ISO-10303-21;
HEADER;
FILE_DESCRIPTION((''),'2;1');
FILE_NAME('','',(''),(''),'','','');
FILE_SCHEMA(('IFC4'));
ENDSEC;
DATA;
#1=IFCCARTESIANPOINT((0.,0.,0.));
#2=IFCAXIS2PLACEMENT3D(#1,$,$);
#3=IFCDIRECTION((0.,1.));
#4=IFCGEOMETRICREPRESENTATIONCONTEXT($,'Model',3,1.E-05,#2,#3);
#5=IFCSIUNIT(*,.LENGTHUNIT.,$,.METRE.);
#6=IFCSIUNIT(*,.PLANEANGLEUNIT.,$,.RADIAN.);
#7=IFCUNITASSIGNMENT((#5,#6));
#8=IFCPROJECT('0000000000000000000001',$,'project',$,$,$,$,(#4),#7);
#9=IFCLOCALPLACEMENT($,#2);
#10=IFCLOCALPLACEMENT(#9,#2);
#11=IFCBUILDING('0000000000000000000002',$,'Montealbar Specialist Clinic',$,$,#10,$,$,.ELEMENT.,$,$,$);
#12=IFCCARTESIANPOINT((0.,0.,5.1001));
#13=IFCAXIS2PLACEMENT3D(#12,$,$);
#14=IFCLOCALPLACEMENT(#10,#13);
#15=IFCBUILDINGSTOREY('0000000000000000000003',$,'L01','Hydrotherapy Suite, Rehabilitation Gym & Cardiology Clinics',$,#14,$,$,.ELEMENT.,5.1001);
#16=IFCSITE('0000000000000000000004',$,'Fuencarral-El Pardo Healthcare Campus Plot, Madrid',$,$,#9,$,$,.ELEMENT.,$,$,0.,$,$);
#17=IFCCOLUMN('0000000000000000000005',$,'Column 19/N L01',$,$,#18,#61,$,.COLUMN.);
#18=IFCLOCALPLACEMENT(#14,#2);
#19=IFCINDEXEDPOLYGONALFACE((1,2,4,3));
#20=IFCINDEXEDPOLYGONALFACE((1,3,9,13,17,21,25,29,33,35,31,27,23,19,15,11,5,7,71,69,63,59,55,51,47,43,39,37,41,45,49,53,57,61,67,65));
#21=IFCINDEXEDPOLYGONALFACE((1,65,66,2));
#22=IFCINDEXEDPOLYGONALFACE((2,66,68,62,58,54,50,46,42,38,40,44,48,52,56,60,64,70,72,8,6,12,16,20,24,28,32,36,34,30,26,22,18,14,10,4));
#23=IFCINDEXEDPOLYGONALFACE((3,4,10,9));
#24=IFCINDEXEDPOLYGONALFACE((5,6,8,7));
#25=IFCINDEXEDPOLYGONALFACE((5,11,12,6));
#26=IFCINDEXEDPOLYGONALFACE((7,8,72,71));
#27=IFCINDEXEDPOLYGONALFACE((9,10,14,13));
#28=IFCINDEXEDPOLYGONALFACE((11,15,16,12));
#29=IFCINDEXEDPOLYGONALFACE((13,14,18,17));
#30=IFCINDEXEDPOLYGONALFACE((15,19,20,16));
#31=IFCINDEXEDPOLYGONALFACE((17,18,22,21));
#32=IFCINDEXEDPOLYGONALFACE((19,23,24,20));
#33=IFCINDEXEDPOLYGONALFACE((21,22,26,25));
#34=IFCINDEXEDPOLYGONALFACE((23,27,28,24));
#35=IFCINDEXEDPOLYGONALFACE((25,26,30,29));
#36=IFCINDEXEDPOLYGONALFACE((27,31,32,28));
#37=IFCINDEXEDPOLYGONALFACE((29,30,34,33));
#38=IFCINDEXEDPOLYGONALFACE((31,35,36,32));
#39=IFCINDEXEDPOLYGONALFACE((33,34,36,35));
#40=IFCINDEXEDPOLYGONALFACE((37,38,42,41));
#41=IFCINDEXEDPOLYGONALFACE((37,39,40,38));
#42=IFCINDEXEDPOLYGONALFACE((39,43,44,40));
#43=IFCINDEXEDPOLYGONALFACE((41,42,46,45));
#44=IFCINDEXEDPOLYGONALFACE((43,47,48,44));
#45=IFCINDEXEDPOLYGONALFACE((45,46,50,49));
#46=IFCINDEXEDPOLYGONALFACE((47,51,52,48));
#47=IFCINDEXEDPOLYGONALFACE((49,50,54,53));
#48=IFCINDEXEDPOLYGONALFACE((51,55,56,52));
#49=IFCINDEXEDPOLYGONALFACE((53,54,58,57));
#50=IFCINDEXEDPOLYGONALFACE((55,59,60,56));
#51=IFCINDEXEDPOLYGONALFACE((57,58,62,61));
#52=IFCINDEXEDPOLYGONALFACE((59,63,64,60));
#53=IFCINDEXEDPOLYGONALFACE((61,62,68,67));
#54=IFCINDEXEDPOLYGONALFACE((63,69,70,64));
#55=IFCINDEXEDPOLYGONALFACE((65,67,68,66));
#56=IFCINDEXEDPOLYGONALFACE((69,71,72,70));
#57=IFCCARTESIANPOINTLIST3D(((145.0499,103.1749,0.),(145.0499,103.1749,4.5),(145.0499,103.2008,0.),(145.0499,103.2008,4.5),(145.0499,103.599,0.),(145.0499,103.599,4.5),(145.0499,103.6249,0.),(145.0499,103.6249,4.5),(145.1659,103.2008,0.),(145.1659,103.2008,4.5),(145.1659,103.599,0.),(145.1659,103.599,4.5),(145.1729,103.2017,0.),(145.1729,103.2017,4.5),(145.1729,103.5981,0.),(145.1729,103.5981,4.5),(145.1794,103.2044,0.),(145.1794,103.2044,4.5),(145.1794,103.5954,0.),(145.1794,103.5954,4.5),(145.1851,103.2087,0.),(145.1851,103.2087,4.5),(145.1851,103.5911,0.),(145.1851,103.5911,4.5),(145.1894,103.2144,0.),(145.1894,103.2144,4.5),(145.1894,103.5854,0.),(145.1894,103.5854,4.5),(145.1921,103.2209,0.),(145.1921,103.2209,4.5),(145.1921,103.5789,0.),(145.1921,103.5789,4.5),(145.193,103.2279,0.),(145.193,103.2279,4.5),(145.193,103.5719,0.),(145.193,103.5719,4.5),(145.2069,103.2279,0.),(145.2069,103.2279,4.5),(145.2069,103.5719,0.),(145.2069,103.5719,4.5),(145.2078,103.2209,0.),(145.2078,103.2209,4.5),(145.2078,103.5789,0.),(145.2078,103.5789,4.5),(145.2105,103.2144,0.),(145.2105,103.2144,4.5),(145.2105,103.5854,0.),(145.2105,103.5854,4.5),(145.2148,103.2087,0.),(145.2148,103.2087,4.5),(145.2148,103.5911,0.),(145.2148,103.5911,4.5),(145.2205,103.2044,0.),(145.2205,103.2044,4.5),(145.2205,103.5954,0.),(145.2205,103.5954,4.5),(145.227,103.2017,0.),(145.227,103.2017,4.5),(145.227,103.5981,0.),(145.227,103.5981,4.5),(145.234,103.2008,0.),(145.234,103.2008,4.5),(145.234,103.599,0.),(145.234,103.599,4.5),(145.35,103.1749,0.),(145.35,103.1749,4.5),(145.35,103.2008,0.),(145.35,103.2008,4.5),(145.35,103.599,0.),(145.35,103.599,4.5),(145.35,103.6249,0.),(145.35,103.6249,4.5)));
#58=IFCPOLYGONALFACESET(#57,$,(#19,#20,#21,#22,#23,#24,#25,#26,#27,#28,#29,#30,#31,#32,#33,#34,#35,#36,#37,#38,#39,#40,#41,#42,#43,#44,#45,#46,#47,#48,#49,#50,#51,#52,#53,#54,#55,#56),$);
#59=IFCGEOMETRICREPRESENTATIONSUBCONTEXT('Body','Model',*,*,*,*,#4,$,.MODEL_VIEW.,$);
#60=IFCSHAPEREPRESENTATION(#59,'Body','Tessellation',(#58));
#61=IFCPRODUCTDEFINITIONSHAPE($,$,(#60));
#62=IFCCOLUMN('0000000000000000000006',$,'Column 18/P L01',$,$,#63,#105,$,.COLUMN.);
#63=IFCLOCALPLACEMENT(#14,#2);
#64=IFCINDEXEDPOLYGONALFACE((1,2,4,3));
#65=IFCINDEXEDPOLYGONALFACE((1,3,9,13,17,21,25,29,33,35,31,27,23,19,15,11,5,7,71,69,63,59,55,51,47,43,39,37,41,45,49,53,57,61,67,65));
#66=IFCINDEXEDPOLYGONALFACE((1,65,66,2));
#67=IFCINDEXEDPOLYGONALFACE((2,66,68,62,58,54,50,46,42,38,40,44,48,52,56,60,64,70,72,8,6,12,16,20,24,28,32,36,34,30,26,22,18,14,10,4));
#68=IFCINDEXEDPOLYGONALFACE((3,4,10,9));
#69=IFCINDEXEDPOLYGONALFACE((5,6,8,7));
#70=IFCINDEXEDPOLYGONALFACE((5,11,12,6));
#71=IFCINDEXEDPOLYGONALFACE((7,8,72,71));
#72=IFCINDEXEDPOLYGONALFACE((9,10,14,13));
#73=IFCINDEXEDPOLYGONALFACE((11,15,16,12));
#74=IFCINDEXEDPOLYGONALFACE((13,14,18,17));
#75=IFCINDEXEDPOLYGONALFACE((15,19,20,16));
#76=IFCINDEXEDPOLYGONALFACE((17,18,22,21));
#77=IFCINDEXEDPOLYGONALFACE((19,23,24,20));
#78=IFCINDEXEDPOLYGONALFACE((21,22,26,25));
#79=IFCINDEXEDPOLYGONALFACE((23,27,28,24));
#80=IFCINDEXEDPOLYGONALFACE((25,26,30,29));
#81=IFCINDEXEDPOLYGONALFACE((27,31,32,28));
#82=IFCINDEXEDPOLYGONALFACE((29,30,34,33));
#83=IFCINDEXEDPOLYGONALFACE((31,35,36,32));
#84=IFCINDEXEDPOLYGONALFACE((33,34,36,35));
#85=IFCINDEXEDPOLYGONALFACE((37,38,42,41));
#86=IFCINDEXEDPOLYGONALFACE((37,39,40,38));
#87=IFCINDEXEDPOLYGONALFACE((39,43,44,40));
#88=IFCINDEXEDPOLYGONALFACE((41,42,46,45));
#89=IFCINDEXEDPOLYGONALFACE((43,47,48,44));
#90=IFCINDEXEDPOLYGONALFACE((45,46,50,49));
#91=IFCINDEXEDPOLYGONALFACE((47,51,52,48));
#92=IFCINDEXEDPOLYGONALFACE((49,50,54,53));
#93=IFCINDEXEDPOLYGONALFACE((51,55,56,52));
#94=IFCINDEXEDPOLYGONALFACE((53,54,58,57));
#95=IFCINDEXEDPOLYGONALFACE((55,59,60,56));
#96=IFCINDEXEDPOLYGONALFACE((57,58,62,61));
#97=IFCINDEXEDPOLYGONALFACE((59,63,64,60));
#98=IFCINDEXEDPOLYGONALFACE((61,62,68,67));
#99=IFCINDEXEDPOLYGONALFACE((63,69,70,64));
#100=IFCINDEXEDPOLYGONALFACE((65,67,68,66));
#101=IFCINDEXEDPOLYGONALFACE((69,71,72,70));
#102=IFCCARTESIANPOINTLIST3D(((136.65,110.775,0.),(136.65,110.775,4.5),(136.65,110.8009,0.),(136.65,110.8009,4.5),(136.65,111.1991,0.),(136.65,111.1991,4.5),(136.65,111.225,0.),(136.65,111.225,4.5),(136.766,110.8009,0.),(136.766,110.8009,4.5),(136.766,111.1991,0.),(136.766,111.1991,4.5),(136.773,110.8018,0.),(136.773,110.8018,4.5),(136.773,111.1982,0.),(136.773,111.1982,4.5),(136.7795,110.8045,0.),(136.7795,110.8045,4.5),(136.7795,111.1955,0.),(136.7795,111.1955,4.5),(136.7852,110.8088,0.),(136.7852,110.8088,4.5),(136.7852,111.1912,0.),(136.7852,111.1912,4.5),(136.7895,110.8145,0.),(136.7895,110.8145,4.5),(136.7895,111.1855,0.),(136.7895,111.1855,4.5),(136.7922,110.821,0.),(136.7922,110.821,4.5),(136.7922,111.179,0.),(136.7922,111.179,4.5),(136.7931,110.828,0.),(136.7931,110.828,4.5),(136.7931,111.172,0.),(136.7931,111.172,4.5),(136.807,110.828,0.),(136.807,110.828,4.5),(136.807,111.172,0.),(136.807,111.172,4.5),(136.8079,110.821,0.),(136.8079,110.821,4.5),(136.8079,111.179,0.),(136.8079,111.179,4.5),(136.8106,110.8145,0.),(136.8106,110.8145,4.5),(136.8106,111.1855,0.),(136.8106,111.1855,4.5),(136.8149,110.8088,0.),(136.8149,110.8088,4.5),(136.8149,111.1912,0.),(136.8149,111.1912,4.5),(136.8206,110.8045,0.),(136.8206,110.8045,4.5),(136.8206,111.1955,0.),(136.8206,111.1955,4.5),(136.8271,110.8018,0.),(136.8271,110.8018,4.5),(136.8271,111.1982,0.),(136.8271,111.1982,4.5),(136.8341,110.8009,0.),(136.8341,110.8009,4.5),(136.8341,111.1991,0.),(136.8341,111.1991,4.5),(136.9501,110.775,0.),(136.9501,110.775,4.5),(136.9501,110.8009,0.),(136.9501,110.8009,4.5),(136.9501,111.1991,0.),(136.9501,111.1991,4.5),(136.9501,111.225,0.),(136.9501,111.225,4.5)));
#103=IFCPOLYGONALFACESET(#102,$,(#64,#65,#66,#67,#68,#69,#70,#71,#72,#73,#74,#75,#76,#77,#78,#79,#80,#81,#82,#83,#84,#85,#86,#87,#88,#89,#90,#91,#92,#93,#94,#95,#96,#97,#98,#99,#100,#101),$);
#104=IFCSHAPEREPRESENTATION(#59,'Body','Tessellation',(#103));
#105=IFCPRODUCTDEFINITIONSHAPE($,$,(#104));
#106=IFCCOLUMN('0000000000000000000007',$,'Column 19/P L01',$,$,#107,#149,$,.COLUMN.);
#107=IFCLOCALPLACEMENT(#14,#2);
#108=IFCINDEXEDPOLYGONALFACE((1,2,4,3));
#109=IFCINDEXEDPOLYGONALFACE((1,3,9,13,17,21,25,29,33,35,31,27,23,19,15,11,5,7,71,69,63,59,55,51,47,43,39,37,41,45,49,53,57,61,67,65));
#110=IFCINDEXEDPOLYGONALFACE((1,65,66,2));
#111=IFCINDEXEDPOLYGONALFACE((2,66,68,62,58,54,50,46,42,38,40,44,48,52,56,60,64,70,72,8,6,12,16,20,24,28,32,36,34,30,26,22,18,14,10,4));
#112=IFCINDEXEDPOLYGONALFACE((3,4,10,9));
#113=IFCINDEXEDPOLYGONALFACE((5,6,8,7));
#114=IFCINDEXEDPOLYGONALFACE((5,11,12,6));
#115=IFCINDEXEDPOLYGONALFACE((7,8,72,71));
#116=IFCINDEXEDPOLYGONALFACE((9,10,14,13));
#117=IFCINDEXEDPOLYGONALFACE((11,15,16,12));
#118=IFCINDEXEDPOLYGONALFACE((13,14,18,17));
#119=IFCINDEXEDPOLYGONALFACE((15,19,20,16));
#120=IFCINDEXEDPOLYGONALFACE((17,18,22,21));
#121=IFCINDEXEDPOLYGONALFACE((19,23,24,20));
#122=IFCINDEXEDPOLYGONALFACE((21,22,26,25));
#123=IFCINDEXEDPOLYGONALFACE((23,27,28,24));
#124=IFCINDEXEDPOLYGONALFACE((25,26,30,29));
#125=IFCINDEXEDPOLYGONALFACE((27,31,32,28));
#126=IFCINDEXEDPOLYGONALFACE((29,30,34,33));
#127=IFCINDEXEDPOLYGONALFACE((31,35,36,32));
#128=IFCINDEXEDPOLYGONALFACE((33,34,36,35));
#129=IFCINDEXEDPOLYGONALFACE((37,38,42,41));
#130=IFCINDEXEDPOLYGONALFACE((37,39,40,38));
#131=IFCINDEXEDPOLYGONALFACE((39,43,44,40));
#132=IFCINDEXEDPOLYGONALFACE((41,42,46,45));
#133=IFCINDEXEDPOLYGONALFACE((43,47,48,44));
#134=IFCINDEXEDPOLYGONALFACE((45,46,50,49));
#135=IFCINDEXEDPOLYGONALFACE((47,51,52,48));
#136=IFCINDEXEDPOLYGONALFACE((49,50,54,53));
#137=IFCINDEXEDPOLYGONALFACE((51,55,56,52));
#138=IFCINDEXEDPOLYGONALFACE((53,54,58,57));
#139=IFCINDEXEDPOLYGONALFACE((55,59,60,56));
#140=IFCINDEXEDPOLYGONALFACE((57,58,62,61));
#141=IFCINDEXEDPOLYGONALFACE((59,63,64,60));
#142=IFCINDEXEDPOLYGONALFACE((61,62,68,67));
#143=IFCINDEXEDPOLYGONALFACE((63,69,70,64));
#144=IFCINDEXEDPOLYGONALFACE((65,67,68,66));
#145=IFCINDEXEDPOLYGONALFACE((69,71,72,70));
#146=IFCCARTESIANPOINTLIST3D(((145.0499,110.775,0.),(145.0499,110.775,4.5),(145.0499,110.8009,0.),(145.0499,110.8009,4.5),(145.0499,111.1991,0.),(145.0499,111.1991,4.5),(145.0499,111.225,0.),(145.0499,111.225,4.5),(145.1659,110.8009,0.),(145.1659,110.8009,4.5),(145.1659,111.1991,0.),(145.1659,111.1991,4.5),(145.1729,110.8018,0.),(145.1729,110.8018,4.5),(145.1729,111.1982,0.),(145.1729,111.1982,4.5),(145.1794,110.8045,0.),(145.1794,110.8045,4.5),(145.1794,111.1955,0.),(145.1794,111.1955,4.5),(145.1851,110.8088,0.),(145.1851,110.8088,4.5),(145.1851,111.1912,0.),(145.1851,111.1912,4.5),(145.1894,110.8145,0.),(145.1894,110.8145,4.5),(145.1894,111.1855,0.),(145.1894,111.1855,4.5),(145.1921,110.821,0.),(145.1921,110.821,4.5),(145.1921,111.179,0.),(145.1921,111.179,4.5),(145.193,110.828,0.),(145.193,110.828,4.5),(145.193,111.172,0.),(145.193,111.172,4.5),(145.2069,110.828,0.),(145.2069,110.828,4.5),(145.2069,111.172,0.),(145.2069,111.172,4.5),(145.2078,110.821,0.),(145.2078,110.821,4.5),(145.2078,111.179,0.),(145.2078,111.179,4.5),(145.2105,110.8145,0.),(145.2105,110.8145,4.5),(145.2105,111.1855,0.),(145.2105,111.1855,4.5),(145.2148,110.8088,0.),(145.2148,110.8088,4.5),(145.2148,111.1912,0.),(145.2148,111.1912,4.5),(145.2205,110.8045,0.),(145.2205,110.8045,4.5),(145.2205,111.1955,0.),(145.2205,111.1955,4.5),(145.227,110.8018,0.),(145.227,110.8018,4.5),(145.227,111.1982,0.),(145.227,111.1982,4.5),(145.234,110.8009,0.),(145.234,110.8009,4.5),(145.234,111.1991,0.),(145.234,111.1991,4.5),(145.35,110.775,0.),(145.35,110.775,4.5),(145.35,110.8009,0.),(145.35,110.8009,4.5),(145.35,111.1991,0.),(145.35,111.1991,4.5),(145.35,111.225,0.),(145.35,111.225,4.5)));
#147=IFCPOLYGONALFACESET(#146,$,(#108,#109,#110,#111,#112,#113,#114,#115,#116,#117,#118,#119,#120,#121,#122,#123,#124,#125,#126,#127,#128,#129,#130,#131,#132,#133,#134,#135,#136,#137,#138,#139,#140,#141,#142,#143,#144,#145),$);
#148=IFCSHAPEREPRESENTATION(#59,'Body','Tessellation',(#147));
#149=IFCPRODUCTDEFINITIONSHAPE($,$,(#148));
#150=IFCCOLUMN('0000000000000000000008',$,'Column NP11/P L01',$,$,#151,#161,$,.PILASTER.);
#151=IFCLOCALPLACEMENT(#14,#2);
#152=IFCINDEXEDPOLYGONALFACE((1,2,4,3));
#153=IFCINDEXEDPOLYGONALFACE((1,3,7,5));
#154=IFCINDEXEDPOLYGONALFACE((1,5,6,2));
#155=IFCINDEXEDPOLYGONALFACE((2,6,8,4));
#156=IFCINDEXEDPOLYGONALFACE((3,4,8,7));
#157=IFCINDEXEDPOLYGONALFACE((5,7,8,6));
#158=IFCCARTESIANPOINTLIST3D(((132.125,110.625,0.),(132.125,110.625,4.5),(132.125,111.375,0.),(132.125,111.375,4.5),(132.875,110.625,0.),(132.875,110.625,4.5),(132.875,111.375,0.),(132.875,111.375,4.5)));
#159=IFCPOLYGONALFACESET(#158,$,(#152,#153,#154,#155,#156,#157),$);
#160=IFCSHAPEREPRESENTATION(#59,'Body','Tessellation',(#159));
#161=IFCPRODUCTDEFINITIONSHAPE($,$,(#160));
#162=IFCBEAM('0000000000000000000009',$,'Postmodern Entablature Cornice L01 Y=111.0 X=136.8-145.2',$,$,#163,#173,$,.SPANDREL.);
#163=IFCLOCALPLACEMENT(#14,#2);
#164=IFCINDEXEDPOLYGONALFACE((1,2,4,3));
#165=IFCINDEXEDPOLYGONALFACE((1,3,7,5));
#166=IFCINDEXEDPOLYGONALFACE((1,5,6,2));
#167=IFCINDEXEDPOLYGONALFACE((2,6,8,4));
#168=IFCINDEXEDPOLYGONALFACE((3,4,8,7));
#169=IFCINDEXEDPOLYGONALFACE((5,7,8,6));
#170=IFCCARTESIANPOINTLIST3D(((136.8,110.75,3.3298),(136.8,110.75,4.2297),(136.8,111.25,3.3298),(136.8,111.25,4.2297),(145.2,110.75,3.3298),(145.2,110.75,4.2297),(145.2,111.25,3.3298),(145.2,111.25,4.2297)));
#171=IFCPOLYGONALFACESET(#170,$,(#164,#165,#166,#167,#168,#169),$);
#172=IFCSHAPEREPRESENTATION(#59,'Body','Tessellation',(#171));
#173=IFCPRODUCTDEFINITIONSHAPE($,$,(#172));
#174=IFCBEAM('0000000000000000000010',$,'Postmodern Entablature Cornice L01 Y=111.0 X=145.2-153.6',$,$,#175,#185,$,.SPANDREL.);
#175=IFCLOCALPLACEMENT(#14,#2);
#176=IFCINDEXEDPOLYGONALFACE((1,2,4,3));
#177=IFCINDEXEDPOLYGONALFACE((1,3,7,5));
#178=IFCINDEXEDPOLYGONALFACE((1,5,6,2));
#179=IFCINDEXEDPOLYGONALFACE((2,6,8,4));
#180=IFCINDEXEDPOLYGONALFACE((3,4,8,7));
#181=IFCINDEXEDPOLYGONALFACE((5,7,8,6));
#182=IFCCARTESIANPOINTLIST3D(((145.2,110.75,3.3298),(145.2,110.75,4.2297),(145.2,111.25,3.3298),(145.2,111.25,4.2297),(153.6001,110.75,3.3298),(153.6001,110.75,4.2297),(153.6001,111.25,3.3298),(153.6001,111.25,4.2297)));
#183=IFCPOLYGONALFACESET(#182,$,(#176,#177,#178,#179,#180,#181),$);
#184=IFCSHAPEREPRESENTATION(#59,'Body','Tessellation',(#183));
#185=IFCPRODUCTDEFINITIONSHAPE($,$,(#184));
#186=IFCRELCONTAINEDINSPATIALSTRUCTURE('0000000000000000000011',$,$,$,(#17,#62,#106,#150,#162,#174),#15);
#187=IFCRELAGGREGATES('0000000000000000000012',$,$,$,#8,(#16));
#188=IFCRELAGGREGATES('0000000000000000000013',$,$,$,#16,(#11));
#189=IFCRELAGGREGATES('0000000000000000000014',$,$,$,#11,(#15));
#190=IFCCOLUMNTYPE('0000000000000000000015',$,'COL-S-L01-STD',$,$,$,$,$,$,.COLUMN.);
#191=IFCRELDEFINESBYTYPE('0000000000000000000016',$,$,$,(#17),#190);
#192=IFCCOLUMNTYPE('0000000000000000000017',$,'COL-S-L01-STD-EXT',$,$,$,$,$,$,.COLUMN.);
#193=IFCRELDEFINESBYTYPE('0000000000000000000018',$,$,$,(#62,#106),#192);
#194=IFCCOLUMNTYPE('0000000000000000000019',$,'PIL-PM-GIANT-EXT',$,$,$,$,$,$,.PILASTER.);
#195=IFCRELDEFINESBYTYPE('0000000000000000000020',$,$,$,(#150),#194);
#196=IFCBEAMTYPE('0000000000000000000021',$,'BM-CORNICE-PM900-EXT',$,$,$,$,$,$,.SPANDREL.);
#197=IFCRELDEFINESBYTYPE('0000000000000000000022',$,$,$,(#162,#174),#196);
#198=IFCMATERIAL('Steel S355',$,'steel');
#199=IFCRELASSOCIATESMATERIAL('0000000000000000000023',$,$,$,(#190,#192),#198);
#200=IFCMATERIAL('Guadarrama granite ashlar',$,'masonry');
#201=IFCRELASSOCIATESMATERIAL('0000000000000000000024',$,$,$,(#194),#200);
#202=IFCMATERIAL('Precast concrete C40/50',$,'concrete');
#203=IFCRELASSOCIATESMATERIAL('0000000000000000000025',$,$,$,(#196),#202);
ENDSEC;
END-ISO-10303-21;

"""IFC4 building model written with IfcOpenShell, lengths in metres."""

from ifc_helpers import new_model, si_unit, direction, frame, origin, origin_2d, place, context, subcontext, project, spatial, rectangle, i_section, extrude, material, material_profile, profile_set, type_object, element, save


model = new_model("IFC4")

# Units and contexts
model_context = context("Model", 3, precision=1e-05, world=origin(), true_north=direction((0.0, 1.0)))
body_context = subcontext(model_context, "Body", "Model", "MODEL_VIEW")
ifc_project = project(units=[si_unit("LENGTHUNIT", "METRE"), si_unit("PLANEANGLEUNIT", "RADIAN")], contexts=[model_context])

# Site, building, storey
site_placement = place(None, origin())
site = spatial("IfcSite", under=ifc_project, at=site_placement, Name="Fuencarral-El Pardo Healthcare Campus Plot, Madrid", CompositionType="ELEMENT", RefElevation=0.0)
building_placement = place(site_placement, origin())
building = spatial("IfcBuilding", under=site, at=building_placement, Name="Montealbar Specialist Clinic", CompositionType="ELEMENT")
storey_placement = place(building_placement, frame((0.0, 0.0, 5.1001)))
storey = spatial("IfcBuildingStorey", under=building, at=storey_placement, Name="L01", Description="Hydrotherapy Suite, Rehabilitation Gym & Cardiology Clinics", CompositionType="ELEMENT", Elevation=5.1001)

# Columns
ifc_material_1 = material(Name="Steel S355", Category="steel")
ifc_material_profile_1 = material_profile(ifc_material_1, i_section(OverallWidth=0.3, OverallDepth=0.45, WebThickness=0.0139, FlangeThickness=0.0259, FilletRadius=0.0271, at=origin_2d()), Name="HEB 450", Category="steel")
ifc_profile_set_1 = profile_set([ifc_material_profile_1], Name="Steel S355")
column_type_1 = type_object("IfcColumnType", Name="COL-S-L01-STD", PredefinedType="COLUMN", material=ifc_profile_set_1)
column_1_placement = place(storey_placement, frame((145.2, 103.3999, 0.0), z_axis=(0.0, 0.0, 1.0), x_axis=(1.0, 0.0, 0.0)))
element("IfcColumn", 1, at=column_1_placement, inside=storey, type_object=column_type_1, Name="Column 19/N L01", PredefinedType="COLUMN", context=body_context, shape_type="SweptSolid", body=[
    extrude(i_section(OverallWidth=0.3, OverallDepth=0.45, WebThickness=0.0139, FlangeThickness=0.0259, FilletRadius=0.0271, at=origin_2d()), origin(), (0.0, 0.0, 1.0), 4.5),
])
ifc_material_profile_2 = material_profile(ifc_material_1, i_section(OverallWidth=0.3, OverallDepth=0.45, WebThickness=0.0139, FlangeThickness=0.0259, FilletRadius=0.0271, at=origin_2d()), Name="HEB 450", Category="steel")
ifc_profile_set_2 = profile_set([ifc_material_profile_2], Name="Steel S355")
column_type_2 = type_object("IfcColumnType", Name="COL-S-L01-STD-EXT", PredefinedType="COLUMN", material=ifc_profile_set_2)
for number, where, z_axis, x_axis, name in (
    (2, (136.8, 111.0, 0.0), (0.0, 0.0, 1.0), (1.0, 0.0, 0.0), "Column 18/P L01"),
    (3, (145.2, 111.0, 0.0), (0.0, 0.0, 1.0), (1.0, 0.0, 0.0), "Column 19/P L01"),
):
    element("IfcColumn", number, at=place(storey_placement, frame(where, z_axis=z_axis, x_axis=x_axis)), inside=storey, type_object=column_type_2, Name=name, PredefinedType="COLUMN", context=body_context, shape_type="SweptSolid", body=[
        extrude(i_section(OverallWidth=0.3, OverallDepth=0.45, WebThickness=0.0139, FlangeThickness=0.0259, FilletRadius=0.0271, at=origin_2d()), origin(), (0.0, 0.0, 1.0), 4.5),
    ])
ifc_material_2 = material(Name="Guadarrama granite ashlar", Category="masonry")
ifc_material_profile_3 = material_profile(ifc_material_2, rectangle(XDim=0.75, YDim=0.75, at=origin_2d()), Name="GRANITE PILASTER 750x750", Category="masonry")
ifc_profile_set_3 = profile_set([ifc_material_profile_3], Name="Guadarrama granite ashlar")
column_type_3 = type_object("IfcColumnType", Name="PIL-PM-GIANT-EXT", PredefinedType="PILASTER", material=ifc_profile_set_3)
column_2_placement = place(storey_placement, frame((132.5, 111.0, 0.0), z_axis=(0.0, 0.0, 1.0), x_axis=(1.0, 0.0, 0.0)))
element("IfcColumn", 4, at=column_2_placement, inside=storey, type_object=column_type_3, Name="Column NP11/P L01", PredefinedType="PILASTER", context=body_context, shape_type="SweptSolid", body=[
    extrude(rectangle(XDim=0.75, YDim=0.75, at=origin_2d()), origin(), (0.0, 0.0, 1.0), 4.5),
])

# Beams
ifc_material_3 = material(Name="Precast concrete C40/50", Category="concrete")
ifc_material_profile_4 = material_profile(ifc_material_3, rectangle(XDim=0.5, YDim=0.8999, at=origin_2d()), Name="PRECAST CORNICE 500x900", Category="concrete")
ifc_profile_set_4 = profile_set([ifc_material_profile_4], Name="Precast concrete C40/50")
beam_type_1 = type_object("IfcBeamType", Name="BM-CORNICE-PM900-EXT", PredefinedType="SPANDREL", material=ifc_profile_set_4)
beam_1_placement = place(storey_placement, frame((136.8, 111.0, 3.7798), z_axis=(1.0, 0.0, 0.0), x_axis=(0.0, 1.0, 0.0)))
element("IfcBeam", 5, at=beam_1_placement, inside=storey, type_object=beam_type_1, Name="Postmodern Entablature Cornice L01 Y=111.0 X=136.8-145.2", PredefinedType="SPANDREL", context=body_context, shape_type="SweptSolid", body=[
    extrude(rectangle(XDim=0.5, YDim=0.8999, at=origin_2d()), origin(), (0.0, 0.0, 1.0), 8.3999),
])
beam_2_placement = place(storey_placement, frame((145.2, 111.0, 3.7798), z_axis=(1.0, 0.0, 0.0), x_axis=(0.0, 1.0, 0.0)))
element("IfcBeam", 6, at=beam_2_placement, inside=storey, type_object=beam_type_1, Name="Postmodern Entablature Cornice L01 Y=111.0 X=145.2-153.6", PredefinedType="SPANDREL", context=body_context, shape_type="SweptSolid", body=[
    extrude(rectangle(XDim=0.5, YDim=0.8999, at=origin_2d()), origin(), (0.0, 0.0, 1.0), 8.4001),
])

save(model, "model.ifc")
